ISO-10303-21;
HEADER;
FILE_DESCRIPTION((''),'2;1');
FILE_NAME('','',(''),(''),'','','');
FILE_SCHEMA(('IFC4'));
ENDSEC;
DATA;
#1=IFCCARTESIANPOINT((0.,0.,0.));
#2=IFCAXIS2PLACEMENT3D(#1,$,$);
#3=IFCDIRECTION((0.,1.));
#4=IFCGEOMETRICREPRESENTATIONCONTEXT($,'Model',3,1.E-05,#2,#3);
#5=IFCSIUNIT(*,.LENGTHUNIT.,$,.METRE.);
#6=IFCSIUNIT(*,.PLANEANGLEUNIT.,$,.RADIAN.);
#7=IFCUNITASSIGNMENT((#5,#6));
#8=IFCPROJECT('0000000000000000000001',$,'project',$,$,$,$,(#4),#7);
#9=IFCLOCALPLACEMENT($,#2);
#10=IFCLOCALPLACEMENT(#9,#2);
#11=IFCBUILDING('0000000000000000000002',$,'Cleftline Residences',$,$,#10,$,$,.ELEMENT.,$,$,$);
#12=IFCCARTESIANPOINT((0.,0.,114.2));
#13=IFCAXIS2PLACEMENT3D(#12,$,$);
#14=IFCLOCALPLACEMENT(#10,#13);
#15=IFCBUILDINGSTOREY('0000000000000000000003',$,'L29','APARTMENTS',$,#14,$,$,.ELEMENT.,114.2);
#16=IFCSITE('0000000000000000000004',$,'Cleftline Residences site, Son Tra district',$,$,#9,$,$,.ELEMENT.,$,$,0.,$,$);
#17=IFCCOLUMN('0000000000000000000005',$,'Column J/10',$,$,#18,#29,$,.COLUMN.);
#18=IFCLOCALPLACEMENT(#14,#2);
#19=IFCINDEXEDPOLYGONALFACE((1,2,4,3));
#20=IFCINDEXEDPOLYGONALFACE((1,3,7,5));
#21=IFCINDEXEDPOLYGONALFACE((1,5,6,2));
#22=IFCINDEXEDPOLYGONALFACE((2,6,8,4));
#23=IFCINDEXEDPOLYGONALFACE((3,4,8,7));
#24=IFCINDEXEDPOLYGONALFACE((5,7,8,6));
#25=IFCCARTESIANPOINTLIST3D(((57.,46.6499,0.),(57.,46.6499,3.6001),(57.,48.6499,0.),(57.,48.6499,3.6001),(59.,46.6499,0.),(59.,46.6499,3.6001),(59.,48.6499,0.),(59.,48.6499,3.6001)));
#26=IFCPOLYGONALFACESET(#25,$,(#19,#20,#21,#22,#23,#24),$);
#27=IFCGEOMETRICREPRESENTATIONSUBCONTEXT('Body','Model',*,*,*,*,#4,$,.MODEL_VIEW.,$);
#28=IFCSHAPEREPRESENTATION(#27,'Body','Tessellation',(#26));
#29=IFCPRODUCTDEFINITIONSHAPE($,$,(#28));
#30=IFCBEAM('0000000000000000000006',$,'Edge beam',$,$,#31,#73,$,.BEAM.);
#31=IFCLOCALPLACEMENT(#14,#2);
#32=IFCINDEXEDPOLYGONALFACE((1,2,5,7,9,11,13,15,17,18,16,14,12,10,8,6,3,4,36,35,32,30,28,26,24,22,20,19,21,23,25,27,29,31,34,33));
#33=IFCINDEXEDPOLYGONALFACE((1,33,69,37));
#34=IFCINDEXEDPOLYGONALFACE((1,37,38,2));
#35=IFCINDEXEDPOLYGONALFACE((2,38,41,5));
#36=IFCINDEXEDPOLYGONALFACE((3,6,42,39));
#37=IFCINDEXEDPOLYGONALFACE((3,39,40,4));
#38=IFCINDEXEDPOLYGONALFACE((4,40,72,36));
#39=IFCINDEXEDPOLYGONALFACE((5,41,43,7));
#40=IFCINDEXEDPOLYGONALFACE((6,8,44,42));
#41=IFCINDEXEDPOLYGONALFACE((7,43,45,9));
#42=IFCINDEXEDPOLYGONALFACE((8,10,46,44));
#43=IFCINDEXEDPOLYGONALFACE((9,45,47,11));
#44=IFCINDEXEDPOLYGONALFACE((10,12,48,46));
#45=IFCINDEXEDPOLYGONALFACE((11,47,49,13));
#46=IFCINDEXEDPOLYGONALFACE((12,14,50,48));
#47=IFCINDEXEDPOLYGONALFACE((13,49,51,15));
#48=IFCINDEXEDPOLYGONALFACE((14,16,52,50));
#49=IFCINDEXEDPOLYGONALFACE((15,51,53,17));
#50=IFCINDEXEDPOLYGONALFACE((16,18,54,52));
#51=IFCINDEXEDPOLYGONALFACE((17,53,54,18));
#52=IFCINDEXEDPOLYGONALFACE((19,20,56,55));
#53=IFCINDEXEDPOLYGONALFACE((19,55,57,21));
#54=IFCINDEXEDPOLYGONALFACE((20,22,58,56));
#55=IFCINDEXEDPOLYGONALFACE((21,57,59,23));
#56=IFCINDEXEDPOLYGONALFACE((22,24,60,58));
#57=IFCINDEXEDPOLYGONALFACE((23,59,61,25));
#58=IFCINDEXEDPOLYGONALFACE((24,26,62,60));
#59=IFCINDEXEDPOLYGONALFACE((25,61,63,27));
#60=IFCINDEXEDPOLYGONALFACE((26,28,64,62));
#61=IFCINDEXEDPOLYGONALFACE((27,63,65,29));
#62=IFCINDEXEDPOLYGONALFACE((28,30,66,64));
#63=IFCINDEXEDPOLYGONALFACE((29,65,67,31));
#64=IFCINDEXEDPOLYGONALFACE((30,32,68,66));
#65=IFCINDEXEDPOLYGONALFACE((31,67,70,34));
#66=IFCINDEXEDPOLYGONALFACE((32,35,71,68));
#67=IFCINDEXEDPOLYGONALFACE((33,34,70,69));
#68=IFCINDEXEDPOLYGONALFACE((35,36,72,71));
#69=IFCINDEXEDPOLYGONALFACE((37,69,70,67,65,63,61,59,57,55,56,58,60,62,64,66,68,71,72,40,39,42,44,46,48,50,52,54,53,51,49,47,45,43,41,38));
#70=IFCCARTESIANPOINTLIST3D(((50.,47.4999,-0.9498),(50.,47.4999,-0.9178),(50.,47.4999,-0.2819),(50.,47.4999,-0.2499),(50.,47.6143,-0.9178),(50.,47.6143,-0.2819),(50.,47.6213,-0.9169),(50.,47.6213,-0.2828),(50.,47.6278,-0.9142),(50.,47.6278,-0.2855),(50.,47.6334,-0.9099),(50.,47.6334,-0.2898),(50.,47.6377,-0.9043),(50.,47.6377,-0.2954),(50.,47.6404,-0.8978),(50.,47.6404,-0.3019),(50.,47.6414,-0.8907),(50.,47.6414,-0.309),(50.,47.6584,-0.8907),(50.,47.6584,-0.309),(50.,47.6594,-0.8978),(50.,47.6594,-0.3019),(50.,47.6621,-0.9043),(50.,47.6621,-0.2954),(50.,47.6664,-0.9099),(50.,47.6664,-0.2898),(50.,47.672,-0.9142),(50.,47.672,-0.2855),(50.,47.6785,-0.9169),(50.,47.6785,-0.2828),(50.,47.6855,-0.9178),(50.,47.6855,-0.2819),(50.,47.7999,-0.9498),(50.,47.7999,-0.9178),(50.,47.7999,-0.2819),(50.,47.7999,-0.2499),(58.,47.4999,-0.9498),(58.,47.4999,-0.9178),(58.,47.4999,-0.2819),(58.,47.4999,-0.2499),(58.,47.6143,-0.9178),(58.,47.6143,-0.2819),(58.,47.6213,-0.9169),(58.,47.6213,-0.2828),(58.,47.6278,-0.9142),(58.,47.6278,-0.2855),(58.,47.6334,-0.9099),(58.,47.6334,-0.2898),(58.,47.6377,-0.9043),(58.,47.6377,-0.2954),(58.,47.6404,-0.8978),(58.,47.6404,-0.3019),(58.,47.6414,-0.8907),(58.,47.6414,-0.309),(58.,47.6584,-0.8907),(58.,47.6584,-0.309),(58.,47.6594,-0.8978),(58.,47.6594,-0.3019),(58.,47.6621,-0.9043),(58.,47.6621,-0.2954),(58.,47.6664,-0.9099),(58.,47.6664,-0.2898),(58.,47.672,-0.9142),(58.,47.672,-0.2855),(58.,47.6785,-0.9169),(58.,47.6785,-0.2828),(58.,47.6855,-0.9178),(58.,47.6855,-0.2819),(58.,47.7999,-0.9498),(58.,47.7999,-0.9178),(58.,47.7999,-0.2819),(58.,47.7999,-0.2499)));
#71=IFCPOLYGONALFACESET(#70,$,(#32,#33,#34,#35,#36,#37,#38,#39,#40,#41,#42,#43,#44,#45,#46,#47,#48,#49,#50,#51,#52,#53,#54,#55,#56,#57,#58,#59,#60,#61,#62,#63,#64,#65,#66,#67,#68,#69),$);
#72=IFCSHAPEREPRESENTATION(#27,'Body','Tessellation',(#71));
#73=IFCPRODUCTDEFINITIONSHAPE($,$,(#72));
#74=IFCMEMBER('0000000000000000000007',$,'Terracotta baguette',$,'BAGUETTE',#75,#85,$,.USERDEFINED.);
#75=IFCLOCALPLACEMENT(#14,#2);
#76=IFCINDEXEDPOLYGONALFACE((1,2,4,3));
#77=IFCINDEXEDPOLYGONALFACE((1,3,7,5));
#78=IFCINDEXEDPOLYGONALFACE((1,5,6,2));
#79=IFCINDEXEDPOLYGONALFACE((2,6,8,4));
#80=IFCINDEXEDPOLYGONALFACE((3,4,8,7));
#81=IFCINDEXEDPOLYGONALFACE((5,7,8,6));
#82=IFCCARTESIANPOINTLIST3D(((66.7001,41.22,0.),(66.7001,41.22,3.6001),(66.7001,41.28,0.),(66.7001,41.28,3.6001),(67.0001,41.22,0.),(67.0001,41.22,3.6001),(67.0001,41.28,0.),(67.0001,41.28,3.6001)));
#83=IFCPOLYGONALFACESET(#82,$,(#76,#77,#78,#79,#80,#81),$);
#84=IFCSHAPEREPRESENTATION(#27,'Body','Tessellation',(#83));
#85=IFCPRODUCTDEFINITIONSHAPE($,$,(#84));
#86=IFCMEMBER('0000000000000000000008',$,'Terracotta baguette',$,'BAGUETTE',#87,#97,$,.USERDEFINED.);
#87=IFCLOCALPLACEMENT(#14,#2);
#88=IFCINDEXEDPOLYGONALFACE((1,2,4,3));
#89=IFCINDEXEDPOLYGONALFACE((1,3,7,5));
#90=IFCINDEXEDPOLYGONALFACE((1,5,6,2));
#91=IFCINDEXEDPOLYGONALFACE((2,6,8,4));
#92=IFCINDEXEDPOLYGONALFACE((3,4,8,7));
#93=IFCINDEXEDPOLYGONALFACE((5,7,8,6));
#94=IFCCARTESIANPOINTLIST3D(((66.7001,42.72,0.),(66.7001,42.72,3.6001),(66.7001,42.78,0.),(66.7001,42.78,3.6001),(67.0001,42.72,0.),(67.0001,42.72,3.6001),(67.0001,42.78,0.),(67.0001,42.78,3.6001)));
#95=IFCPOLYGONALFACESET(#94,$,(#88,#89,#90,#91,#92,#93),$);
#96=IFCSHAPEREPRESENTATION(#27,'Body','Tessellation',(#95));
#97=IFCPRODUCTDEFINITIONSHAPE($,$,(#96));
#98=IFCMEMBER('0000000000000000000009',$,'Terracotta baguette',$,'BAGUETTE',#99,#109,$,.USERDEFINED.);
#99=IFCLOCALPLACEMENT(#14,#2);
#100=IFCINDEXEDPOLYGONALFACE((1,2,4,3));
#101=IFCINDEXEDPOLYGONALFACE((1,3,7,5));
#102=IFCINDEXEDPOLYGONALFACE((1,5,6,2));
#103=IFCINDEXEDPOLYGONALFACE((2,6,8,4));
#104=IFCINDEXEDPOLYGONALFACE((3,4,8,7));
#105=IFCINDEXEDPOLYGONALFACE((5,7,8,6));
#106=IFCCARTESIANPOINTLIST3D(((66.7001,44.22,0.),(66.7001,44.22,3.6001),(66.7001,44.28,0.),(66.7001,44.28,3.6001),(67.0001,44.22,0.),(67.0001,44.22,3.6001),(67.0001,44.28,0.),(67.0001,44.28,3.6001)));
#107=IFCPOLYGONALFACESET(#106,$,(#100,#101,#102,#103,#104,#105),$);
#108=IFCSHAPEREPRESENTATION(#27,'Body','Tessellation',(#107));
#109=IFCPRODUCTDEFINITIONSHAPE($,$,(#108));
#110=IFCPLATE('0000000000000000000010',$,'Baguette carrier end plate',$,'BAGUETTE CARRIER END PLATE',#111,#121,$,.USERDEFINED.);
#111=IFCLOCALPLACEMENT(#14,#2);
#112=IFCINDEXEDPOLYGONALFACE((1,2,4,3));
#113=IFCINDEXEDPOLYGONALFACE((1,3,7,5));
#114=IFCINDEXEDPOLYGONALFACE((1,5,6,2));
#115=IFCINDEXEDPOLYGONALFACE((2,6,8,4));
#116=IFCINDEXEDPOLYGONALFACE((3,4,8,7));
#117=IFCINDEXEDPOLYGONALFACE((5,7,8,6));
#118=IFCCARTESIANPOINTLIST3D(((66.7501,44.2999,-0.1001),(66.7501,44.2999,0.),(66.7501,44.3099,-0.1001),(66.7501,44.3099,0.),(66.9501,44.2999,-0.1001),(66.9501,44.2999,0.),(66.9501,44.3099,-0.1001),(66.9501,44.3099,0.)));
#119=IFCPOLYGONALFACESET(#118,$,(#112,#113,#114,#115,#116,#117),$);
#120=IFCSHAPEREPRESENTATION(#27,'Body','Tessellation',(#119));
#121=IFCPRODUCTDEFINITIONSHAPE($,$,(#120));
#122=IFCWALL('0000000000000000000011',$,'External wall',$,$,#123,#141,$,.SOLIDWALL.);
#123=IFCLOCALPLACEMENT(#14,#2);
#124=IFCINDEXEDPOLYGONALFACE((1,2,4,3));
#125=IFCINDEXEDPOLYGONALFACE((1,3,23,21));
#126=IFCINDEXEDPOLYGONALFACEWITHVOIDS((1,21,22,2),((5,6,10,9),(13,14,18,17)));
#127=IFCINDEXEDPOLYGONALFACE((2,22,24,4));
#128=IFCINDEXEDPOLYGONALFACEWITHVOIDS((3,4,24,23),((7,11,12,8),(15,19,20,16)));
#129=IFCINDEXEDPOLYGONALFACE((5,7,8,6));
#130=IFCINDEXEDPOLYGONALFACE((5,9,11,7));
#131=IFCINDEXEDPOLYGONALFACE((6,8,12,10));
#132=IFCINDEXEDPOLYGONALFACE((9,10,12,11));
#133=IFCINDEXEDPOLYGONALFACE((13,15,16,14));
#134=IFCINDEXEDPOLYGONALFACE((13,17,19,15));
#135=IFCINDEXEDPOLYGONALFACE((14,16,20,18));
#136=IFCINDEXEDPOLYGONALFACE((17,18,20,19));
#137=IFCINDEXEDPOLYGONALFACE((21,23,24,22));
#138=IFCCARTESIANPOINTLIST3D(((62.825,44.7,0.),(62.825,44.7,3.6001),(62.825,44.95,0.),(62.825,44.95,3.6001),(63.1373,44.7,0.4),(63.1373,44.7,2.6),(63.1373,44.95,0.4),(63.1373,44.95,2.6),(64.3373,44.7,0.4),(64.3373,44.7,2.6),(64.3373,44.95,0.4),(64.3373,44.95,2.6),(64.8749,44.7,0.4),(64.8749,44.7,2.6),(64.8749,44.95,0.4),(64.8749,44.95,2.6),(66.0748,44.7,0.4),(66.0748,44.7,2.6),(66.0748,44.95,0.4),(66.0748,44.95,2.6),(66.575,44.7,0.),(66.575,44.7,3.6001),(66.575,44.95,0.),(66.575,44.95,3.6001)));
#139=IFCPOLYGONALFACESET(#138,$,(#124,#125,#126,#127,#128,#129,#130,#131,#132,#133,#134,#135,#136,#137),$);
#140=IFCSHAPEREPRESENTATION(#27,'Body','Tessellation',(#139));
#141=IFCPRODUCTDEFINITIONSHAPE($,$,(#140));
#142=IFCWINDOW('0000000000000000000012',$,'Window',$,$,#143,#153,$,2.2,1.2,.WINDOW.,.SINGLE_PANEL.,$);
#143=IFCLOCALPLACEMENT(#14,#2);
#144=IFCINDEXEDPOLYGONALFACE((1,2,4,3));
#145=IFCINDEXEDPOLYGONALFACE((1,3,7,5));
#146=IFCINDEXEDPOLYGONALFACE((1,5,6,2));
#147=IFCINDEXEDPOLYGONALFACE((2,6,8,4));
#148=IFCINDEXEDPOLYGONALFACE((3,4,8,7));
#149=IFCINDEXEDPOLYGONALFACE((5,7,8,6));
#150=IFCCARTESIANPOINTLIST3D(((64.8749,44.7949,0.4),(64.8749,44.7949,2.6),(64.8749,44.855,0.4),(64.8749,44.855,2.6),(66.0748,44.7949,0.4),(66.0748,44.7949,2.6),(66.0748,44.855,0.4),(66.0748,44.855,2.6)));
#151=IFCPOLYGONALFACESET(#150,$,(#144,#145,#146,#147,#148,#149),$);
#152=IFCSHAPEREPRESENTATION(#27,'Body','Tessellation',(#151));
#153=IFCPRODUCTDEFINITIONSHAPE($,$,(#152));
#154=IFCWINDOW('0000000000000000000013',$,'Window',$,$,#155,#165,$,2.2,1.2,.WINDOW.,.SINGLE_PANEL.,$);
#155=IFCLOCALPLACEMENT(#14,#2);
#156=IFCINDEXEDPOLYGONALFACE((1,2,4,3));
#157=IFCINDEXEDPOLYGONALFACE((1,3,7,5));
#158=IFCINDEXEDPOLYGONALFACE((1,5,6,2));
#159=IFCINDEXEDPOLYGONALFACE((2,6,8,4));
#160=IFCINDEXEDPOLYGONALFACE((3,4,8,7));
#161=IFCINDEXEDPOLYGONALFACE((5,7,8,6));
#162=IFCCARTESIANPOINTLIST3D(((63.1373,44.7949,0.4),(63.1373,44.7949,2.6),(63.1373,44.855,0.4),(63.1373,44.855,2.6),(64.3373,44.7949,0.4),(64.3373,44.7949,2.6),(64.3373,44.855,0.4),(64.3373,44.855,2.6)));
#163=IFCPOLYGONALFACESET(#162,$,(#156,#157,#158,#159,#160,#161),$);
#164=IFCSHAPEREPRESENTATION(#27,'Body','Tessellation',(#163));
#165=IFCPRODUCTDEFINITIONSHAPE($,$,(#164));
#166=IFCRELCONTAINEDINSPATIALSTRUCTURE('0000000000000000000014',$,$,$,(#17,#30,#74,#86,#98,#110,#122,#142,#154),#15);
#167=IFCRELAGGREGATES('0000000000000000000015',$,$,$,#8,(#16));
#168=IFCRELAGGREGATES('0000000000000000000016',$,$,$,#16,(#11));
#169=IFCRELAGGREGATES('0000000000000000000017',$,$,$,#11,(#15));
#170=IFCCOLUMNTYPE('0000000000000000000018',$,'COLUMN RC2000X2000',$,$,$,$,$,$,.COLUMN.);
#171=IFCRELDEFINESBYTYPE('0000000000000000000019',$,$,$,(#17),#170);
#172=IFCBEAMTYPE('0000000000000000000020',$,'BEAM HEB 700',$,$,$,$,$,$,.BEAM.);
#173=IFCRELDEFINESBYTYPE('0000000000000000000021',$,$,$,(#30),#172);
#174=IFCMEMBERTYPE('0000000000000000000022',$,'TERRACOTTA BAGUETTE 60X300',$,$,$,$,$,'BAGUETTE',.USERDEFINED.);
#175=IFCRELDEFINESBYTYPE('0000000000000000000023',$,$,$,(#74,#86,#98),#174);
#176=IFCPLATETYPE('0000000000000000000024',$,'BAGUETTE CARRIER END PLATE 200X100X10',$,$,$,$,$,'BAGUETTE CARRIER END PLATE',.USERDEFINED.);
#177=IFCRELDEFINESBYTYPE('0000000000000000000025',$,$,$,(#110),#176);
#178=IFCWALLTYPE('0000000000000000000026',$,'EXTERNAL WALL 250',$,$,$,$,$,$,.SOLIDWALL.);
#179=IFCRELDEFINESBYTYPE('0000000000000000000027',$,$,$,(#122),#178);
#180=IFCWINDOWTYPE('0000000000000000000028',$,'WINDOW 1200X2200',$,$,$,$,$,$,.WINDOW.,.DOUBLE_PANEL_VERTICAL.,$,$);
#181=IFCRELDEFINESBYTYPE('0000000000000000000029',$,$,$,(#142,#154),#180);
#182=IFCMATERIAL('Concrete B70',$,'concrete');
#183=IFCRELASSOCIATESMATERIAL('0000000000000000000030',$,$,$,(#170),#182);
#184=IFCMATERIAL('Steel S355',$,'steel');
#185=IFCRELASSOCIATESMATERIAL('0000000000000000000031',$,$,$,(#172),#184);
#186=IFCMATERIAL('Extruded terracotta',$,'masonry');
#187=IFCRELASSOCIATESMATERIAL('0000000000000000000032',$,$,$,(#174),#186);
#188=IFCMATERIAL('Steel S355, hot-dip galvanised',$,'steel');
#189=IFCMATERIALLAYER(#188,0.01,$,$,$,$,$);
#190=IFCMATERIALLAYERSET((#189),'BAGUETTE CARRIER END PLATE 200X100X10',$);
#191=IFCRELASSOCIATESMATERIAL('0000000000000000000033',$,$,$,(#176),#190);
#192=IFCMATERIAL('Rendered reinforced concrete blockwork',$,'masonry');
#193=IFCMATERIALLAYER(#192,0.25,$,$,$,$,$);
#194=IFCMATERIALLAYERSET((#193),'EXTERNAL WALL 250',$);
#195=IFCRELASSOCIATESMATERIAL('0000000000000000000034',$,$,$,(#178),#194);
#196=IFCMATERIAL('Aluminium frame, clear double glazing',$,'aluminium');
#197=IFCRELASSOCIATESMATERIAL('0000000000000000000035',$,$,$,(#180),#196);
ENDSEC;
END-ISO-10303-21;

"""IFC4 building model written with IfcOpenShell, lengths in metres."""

from ifc_helpers import new_model, si_unit, direction, frame, frame_2d, origin, origin_2d, place, context, subcontext, project, spatial, rectangle, i_section, extrude, material, layer, layer_set, material_profile, profile_set, type_object, element, fill, save


model = new_model("IFC4")

# Units and contexts
model_context = context("Model", 3, precision=1e-05, world=origin(), true_north=direction((0.0, 1.0)))
body_context = subcontext(model_context, "Body", "Model", "MODEL_VIEW")
ifc_project = project(units=[si_unit("LENGTHUNIT", "METRE"), si_unit("PLANEANGLEUNIT", "RADIAN")], contexts=[model_context])

# Site, building, storey
site_placement = place(None, origin())
site = spatial("IfcSite", under=ifc_project, at=site_placement, Name="Cleftline Residences site, Son Tra district", CompositionType="ELEMENT", RefElevation=0.0)
building_placement = place(site_placement, origin())
building = spatial("IfcBuilding", under=site, at=building_placement, Name="Cleftline Residences", CompositionType="ELEMENT")
storey_placement = place(building_placement, frame((0.0, 0.0, 114.2)))
storey = spatial("IfcBuildingStorey", under=building, at=storey_placement, Name="L29", Description="APARTMENTS", CompositionType="ELEMENT", Elevation=114.2)

# Column
ifc_material_1 = material(Name="Concrete B70", Category="concrete")
ifc_material_profile_1 = material_profile(ifc_material_1, rectangle(XDim=2.0, YDim=2.0, at=origin_2d()))
ifc_profile_set_1 = profile_set([ifc_material_profile_1], Name="Concrete B70")
column_type = type_object("IfcColumnType", Name="COLUMN RC2000X2000", PredefinedType="COLUMN", material=ifc_profile_set_1)
column_placement = place(storey_placement, frame((58.0, 47.6499, 0.0), z_axis=(0.0, 0.0, 1.0), x_axis=(1.0, 0.0, 0.0)))
element("IfcColumn", 1, at=column_placement, inside=storey, type_object=column_type, Name="Column J/10", PredefinedType="COLUMN", context=body_context, shape_type="SweptSolid", body=[
    extrude(rectangle(XDim=2.0, YDim=2.0, at=origin_2d()), origin(), (0.0, 0.0, 1.0), 3.6001),
])

# Beam
ifc_material_2 = material(Name="Steel S355", Category="steel")
ifc_material_profile_2 = material_profile(ifc_material_2, i_section(OverallWidth=0.3, OverallDepth=0.7, WebThickness=0.0171, FlangeThickness=0.032, FilletRadius=0.0271, at=origin_2d()))
ifc_profile_set_2 = profile_set([ifc_material_profile_2], Name="Steel S355")
beam_type = type_object("IfcBeamType", Name="BEAM HEB 700", PredefinedType="BEAM", material=ifc_profile_set_2)
beam_placement = place(storey_placement, frame((58.0, 47.6499, -0.5999), z_axis=(-1.0, 0.0, 0.0), x_axis=(0.0, -1.0, 0.0)))
element("IfcBeam", 2, at=beam_placement, inside=storey, type_object=beam_type, Name="Edge beam", PredefinedType="BEAM", context=body_context, shape_type="SweptSolid", body=[
    extrude(i_section(OverallWidth=0.3, OverallDepth=0.7, WebThickness=0.0171, FlangeThickness=0.032, FilletRadius=0.0271, at=origin_2d()), origin(), (0.0, 0.0, 1.0), 8.0),
])

# Members
ifc_material_3 = material(Name="Extruded terracotta", Category="masonry")
ifc_material_profile_3 = material_profile(ifc_material_3, rectangle(XDim=0.0601, YDim=0.3, at=origin_2d()))
ifc_profile_set_3 = profile_set([ifc_material_profile_3], Name="Extruded terracotta")
member_type = type_object("IfcMemberType", Name="TERRACOTTA BAGUETTE 60X300", ElementType="BAGUETTE", PredefinedType="USERDEFINED", material=ifc_profile_set_3)
for number, where, z_axis, x_axis, name in (
    (3, (66.8501, 41.25, 0.0), (0.0, 0.0, 1.0), (0.0, 1.0, 0.0), "Terracotta baguette"),
    (4, (66.8501, 42.75, 0.0), (0.0, 0.0, 1.0), (0.0, 1.0, 0.0), "Terracotta baguette"),
    (5, (66.8501, 44.25, 0.0), (0.0, 0.0, 1.0), (0.0, 1.0, 0.0), "Terracotta baguette"),
):
    element("IfcMember", number, at=place(storey_placement, frame(where, z_axis=z_axis, x_axis=x_axis)), inside=storey, type_object=member_type, Name=name, ObjectType="BAGUETTE", PredefinedType="USERDEFINED", context=body_context, shape_type="SweptSolid", body=[
        extrude(rectangle(XDim=0.0601, YDim=0.3, at=origin_2d()), origin(), (0.0, 0.0, 1.0), 3.6001),
    ])

# Plate
ifc_material_4 = material(Name="Steel S355, hot-dip galvanised", Category="steel")
ifc_layer_1 = layer(ifc_material_4, 0.01)
ifc_layer_set_1 = layer_set([ifc_layer_1], Name="BAGUETTE CARRIER END PLATE 200X100X10")
plate_type = type_object("IfcPlateType", Name="BAGUETTE CARRIER END PLATE 200X100X10", ElementType="BAGUETTE CARRIER END PLATE", PredefinedType="USERDEFINED", material=ifc_layer_set_1)
plate_placement = place(storey_placement, frame((66.8501, 44.3049, -0.1001), z_axis=(0.0, 0.0, 1.0), x_axis=(1.0, 0.0, 0.0)))
element("IfcPlate", 6, at=plate_placement, inside=storey, type_object=plate_type, Name="Baguette carrier end plate", ObjectType="BAGUETTE CARRIER END PLATE", PredefinedType="USERDEFINED", context=body_context, shape_type="SweptSolid", body=[
    extrude(rectangle(XDim=0.2, YDim=0.01, at=origin_2d()), origin(), (0.0, 0.0, 1.0), 0.1001),
])

# Wall, openings, windows
ifc_material_5 = material(Name="Rendered reinforced concrete blockwork", Category="masonry")
ifc_layer_2 = layer(ifc_material_5, 0.25)
ifc_layer_set_2 = layer_set([ifc_layer_2], Name="EXTERNAL WALL 250")
wall_type_1 = type_object("IfcWallType", Name="EXTERNAL WALL 250", PredefinedType="SOLIDWALL", material=ifc_layer_set_2)
wall_1_placement = place(storey_placement, frame((66.575, 44.825, 0.0), z_axis=(0.0, 0.0, 1.0), x_axis=(-1.0, 0.0, 0.0)))
wall_1 = element("IfcWall", 7, at=wall_1_placement, inside=storey, type_object=wall_type_1, Name="External wall", PredefinedType="SOLIDWALL", context=body_context, shape_type="SweptSolid", body=[
    extrude(rectangle(XDim=3.75, YDim=0.25, at=frame_2d((1.875, 0.0))), origin(), (0.0, 0.0, 1.0), 3.6001),
])
opening_1_placement = place(wall_1_placement, frame((0.5, 0.0, 0.3999)))
opening_1 = element("IfcOpeningElement", 8, at=opening_1_placement, cuts=wall_1, PredefinedType="OPENING", context=body_context, shape_type="SweptSolid", body=[
    extrude(rectangle(XDim=1.2, YDim=2.2, at=frame_2d((0.6001, 1.1001))), frame((0.0, 0.135, 0.0), z_axis=(0.0, -1.0, 0.0), x_axis=(1.0, 0.0, 0.0)), (0.0, 0.0, 1.0), 0.27),
])
opening_2_placement = place(wall_1_placement, frame((2.2375, 0.0, 0.3999)))
opening_2 = element("IfcOpeningElement", 9, at=opening_2_placement, cuts=wall_1, PredefinedType="OPENING", context=body_context, shape_type="SweptSolid", body=[
    extrude(rectangle(XDim=1.2, YDim=2.2, at=frame_2d((0.6001, 1.1001))), frame((0.0, 0.135, 0.0), z_axis=(0.0, -1.0, 0.0), x_axis=(1.0, 0.0, 0.0)), (0.0, 0.0, 1.0), 0.27),
])
ifc_material_6 = material(Name="Aluminium frame, clear double glazing", Category="aluminium")
window_type_1 = type_object("IfcWindowType", Name="WINDOW 1200X2200", PartitioningType="DOUBLE_PANEL_VERTICAL", PredefinedType="WINDOW", material=ifc_material_6)
window_1_placement = place(opening_1_placement, origin())
window_1 = element("IfcWindow", 10, at=window_1_placement, inside=storey, type_object=window_type_1, Name="Window", OverallHeight=2.2, OverallWidth=1.2, PartitioningType="SINGLE_PANEL", PredefinedType="WINDOW", context=body_context, shape_type="SweptSolid", body=[
    extrude(rectangle(XDim=1.2, YDim=2.2, at=frame_2d((0.6001, 1.1001))), frame((0.0, 0.03, 0.0), z_axis=(0.0, -1.0, 0.0), x_axis=(1.0, 0.0, 0.0)), (0.0, 0.0, 1.0), 0.0601),
])
fill(opening_1, window_1)
window_2_placement = place(opening_2_placement, origin())
window_2 = element("IfcWindow", 11, at=window_2_placement, inside=storey, type_object=window_type_1, Name="Window", OverallHeight=2.2, OverallWidth=1.2, PartitioningType="SINGLE_PANEL", PredefinedType="WINDOW", context=body_context, shape_type="SweptSolid", body=[
    extrude(rectangle(XDim=1.2, YDim=2.2, at=frame_2d((0.6001, 1.1001))), frame((0.0, 0.03, 0.0), z_axis=(0.0, -1.0, 0.0), x_axis=(1.0, 0.0, 0.0)), (0.0, 0.0, 1.0), 0.0601),
])
fill(opening_2, window_2)

save(model, "model.ifc")
